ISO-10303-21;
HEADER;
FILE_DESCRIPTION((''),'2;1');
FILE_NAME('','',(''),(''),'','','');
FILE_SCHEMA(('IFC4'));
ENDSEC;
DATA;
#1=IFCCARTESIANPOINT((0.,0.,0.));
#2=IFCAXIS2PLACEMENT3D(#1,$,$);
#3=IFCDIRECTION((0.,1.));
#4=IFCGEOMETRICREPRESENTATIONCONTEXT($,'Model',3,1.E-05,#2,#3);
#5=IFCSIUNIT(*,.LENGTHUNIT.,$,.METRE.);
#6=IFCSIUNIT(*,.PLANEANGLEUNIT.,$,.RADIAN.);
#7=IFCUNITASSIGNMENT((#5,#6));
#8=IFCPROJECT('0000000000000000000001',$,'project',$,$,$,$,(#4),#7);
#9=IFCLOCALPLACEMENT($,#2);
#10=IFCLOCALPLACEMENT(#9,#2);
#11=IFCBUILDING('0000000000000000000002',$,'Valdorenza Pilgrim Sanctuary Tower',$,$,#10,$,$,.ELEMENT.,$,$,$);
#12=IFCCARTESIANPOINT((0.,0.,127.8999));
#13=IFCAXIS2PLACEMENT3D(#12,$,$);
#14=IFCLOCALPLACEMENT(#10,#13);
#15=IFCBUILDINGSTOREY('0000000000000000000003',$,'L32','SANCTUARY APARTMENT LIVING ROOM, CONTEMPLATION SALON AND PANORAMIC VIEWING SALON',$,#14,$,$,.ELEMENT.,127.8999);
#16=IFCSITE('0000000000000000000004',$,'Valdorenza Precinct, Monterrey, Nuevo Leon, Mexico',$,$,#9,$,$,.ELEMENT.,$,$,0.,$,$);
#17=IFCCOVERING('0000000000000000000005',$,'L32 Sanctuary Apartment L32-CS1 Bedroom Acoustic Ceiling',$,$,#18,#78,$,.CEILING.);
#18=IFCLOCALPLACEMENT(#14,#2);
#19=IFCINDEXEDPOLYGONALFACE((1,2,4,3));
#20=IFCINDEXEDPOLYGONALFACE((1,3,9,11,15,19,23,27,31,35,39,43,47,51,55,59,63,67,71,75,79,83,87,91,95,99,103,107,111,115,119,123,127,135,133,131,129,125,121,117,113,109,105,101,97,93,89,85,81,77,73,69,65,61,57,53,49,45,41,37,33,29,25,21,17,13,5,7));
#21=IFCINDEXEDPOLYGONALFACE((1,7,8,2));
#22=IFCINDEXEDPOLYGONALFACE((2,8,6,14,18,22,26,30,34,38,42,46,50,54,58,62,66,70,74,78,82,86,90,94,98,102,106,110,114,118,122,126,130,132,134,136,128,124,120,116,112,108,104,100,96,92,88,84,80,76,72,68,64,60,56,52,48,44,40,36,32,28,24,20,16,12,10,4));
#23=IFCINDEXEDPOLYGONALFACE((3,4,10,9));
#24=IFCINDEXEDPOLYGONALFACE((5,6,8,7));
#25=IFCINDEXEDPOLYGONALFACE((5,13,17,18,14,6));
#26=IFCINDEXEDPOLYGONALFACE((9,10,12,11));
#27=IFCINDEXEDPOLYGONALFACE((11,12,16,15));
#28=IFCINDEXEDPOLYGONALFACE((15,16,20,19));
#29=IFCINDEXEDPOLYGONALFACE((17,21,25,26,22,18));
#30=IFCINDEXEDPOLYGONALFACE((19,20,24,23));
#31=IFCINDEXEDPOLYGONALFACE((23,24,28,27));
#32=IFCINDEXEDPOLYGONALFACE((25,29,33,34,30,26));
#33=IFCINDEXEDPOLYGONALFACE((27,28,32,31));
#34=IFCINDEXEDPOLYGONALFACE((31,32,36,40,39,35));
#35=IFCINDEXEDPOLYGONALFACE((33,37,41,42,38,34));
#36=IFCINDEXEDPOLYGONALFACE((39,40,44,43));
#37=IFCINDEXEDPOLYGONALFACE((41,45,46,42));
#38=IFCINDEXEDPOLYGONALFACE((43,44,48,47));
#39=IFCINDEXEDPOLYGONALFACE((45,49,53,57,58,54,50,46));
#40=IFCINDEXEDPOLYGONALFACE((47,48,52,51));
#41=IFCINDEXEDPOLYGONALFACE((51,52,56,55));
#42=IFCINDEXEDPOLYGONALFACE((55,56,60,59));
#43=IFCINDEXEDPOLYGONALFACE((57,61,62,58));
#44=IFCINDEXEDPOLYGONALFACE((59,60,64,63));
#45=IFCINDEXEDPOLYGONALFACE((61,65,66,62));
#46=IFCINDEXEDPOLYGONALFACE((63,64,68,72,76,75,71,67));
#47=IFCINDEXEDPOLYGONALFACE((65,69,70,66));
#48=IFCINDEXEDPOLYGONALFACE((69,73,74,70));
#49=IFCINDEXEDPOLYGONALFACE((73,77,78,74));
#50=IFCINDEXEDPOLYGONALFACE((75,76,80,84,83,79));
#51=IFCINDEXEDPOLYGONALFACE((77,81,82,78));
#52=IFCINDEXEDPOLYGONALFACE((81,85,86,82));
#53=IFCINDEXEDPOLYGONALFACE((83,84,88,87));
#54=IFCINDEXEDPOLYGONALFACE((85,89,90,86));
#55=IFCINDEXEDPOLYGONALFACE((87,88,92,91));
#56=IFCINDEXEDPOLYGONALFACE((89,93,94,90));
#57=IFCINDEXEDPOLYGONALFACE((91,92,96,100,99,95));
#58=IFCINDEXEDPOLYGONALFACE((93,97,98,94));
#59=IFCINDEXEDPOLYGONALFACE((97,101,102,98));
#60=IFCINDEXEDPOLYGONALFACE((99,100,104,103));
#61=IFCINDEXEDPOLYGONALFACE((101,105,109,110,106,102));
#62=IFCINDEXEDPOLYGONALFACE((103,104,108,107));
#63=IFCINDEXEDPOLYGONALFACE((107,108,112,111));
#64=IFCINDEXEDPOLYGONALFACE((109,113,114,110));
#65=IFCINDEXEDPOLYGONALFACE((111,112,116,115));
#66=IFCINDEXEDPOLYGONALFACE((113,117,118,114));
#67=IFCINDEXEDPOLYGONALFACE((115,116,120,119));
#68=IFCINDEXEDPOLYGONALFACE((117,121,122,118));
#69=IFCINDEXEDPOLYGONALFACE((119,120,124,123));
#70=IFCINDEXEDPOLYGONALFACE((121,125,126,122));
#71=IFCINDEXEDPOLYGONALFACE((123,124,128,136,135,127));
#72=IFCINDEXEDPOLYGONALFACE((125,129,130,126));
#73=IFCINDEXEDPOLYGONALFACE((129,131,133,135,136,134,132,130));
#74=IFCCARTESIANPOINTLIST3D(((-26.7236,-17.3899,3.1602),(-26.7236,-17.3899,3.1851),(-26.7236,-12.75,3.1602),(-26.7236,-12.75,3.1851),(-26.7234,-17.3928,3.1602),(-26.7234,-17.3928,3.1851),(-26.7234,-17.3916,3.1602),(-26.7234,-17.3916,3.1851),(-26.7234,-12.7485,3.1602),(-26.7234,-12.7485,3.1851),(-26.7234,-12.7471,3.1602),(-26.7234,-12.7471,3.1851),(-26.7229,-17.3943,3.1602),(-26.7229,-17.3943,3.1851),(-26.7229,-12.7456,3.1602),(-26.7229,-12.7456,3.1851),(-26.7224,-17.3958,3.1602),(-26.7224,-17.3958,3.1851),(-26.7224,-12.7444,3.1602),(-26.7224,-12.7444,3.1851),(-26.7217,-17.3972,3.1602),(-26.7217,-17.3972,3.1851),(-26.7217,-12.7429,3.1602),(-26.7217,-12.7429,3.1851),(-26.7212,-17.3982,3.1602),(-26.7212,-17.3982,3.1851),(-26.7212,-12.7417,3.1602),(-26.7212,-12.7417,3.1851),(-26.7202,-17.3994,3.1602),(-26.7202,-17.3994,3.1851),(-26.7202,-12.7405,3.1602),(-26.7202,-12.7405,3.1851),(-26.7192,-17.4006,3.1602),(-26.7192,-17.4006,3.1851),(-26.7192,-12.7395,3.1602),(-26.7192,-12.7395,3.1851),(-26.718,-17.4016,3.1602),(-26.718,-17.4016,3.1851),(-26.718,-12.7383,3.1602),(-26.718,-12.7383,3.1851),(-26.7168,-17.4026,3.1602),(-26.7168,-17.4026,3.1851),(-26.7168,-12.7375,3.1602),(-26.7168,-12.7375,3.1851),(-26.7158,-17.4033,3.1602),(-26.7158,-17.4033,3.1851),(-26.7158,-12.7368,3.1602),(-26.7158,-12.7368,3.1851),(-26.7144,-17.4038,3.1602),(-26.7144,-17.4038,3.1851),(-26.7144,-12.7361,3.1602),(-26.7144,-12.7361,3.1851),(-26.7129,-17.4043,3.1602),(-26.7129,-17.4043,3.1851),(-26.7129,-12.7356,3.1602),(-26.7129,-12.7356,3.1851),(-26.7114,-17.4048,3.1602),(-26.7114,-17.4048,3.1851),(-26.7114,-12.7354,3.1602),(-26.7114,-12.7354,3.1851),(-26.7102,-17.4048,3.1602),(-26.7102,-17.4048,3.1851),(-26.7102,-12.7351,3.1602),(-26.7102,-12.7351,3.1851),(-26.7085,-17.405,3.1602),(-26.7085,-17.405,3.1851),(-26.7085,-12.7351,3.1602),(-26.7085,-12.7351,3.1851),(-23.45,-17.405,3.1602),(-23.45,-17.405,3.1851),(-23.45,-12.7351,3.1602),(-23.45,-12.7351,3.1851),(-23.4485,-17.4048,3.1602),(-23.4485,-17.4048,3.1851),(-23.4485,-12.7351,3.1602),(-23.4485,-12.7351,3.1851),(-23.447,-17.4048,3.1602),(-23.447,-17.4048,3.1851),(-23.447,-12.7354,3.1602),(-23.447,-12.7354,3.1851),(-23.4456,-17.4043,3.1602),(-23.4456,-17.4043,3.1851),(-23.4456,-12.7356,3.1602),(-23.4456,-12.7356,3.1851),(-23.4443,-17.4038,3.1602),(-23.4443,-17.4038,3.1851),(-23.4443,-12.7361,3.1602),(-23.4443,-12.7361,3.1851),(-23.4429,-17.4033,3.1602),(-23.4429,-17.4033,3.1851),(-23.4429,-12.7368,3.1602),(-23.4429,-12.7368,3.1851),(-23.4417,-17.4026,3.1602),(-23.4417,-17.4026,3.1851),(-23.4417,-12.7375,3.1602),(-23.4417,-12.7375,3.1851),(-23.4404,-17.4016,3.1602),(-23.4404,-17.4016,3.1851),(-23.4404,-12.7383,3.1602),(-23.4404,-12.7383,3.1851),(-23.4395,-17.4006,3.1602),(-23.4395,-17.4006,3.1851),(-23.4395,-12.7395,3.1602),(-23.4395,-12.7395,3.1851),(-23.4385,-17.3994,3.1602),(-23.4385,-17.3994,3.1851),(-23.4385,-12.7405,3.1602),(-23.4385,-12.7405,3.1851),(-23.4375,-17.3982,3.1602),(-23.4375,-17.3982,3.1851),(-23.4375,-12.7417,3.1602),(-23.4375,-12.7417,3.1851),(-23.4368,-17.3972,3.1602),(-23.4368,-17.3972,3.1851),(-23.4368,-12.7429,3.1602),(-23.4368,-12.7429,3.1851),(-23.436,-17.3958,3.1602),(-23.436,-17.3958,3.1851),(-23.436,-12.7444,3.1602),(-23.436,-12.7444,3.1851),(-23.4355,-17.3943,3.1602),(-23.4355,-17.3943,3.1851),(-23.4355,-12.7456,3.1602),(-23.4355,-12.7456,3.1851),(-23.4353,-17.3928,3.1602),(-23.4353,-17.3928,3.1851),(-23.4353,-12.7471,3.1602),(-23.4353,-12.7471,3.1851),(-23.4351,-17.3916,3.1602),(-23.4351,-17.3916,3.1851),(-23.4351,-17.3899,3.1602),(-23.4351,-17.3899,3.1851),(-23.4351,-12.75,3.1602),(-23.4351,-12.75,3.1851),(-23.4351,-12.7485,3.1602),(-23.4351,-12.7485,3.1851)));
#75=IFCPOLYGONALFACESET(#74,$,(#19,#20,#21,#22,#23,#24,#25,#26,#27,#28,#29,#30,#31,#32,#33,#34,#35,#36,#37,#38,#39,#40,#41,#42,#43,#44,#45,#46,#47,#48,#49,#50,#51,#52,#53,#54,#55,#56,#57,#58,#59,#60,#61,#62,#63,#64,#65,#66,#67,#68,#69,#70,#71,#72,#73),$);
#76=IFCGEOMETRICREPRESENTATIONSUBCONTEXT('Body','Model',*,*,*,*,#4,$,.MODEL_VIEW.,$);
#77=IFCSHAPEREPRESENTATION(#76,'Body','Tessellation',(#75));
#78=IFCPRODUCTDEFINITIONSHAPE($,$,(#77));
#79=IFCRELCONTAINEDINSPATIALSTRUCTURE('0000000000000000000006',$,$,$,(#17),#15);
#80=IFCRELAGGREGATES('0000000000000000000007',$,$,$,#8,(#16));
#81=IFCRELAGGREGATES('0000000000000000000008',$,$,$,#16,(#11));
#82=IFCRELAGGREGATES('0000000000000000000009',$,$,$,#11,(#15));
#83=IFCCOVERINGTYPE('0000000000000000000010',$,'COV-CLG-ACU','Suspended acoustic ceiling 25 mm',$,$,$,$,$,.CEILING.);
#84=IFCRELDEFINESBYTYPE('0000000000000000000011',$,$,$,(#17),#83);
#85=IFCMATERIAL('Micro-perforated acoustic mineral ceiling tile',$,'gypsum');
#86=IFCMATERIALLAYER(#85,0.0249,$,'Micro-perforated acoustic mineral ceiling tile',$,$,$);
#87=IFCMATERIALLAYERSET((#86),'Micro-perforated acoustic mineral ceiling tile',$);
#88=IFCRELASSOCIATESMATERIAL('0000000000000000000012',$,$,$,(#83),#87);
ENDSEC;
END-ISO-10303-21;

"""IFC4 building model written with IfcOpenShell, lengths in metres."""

from ifc_helpers import new_model, si_unit, direction, frame, origin, place, context, subcontext, project, spatial, polyline, outline, extrude, material, layer, layer_set, type_object, element, save


model = new_model("IFC4")

# Units and contexts
model_context = context("Model", 3, precision=1e-05, world=origin(), true_north=direction((0.0, 1.0)))
body_context = subcontext(model_context, "Body", "Model", "MODEL_VIEW")
ifc_project = project(units=[si_unit("LENGTHUNIT", "METRE"), si_unit("PLANEANGLEUNIT", "RADIAN")], contexts=[model_context])

# Site, building, storey
site_placement = place(None, origin())
site = spatial("IfcSite", under=ifc_project, at=site_placement, Name="Valdorenza Precinct, Monterrey, Nuevo Leon, Mexico", CompositionType="ELEMENT", RefElevation=0.0)
building_placement = place(site_placement, origin())
building = spatial("IfcBuilding", under=site, at=building_placement, Name="Valdorenza Pilgrim Sanctuary Tower", CompositionType="ELEMENT")
storey_placement = place(building_placement, frame((0.0, 0.0, 127.8999)))
storey = spatial("IfcBuildingStorey", under=building, at=storey_placement, Name="L32", Description="SANCTUARY APARTMENT LIVING ROOM, CONTEMPLATION SALON AND PANORAMIC VIEWING SALON", CompositionType="ELEMENT", Elevation=127.8999)

# Covering
ifc_material_1 = material(Name="Micro-perforated acoustic mineral ceiling tile", Category="gypsum")
ifc_layer_1 = layer(ifc_material_1, 0.0249, Name="Micro-perforated acoustic mineral ceiling tile")
ifc_layer_set_1 = layer_set([ifc_layer_1], Name="Micro-perforated acoustic mineral ceiling tile")
covering_type_1 = type_object("IfcCoveringType", Name="COV-CLG-ACU", Description="Suspended acoustic ceiling 25 mm", PredefinedType="CEILING", material=ifc_layer_set_1)
covering_1_placement = place(storey_placement, frame((0.0, 0.0, 3.1602)))
element("IfcCovering", 1, at=covering_1_placement, inside=storey, type_object=covering_type_1, Name="L32 Sanctuary Apartment L32-CS1 Bedroom Acoustic Ceiling", PredefinedType="CEILING", context=body_context, shape_type="SweptSolid", body=[
    extrude(outline(polyline([(-26.7236, -12.75), (-26.7234, -12.7485), (-26.7234, -12.7471), (-26.7229, -12.7456), (-26.7224, -12.7444), (-26.7217, -12.7429), (-26.7212, -12.7417), (-26.7202, -12.7405), (-26.7192, -12.7395), (-26.718, -12.7383), (-26.7168, -12.7375), (-26.7158, -12.7368), (-26.7144, -12.7361), (-26.7129, -12.7356), (-26.7114, -12.7354), (-26.7102, -12.7351), (-26.7085, -12.7351), (-23.45, -12.7351), (-23.4485, -12.7351), (-23.447, -12.7354), (-23.4456, -12.7356), (-23.4443, -12.7361), (-23.4429, -12.7368), (-23.4417, -12.7375), (-23.4404, -12.7383), (-23.4395, -12.7395), (-23.4385, -12.7405), (-23.4375, -12.7417), (-23.4368, -12.7429), (-23.436, -12.7444), (-23.4355, -12.7456), (-23.4353, -12.7471), (-23.4351, -12.7485), (-23.4351, -12.75), (-23.4351, -17.3899), (-23.4351, -17.3916), (-23.4353, -17.3928), (-23.4355, -17.3943), (-23.436, -17.3958), (-23.4368, -17.3972), (-23.4375, -17.3982), (-23.4385, -17.3994), (-23.4395, -17.4006), (-23.4404, -17.4016), (-23.4417, -17.4026), (-23.4429, -17.4033), (-23.4443, -17.4038), (-23.4456, -17.4043), (-23.447, -17.4048), (-23.4485, -17.4048), (-23.45, -17.405), (-26.7085, -17.405), (-26.7102, -17.4048), (-26.7114, -17.4048), (-26.7129, -17.4043), (-26.7144, -17.4038), (-26.7158, -17.4033), (-26.7168, -17.4026), (-26.718, -17.4016), (-26.7192, -17.4006), (-26.7202, -17.3994), (-26.7212, -17.3982), (-26.7217, -17.3972), (-26.7224, -17.3958), (-26.7229, -17.3943), (-26.7234, -17.3928), (-26.7234, -17.3916), (-26.7236, -17.3899), (-26.7236, -12.75)])), origin(), (0.0, 0.0, 1.0), 0.0249),
])

save(model, "model.ifc")
